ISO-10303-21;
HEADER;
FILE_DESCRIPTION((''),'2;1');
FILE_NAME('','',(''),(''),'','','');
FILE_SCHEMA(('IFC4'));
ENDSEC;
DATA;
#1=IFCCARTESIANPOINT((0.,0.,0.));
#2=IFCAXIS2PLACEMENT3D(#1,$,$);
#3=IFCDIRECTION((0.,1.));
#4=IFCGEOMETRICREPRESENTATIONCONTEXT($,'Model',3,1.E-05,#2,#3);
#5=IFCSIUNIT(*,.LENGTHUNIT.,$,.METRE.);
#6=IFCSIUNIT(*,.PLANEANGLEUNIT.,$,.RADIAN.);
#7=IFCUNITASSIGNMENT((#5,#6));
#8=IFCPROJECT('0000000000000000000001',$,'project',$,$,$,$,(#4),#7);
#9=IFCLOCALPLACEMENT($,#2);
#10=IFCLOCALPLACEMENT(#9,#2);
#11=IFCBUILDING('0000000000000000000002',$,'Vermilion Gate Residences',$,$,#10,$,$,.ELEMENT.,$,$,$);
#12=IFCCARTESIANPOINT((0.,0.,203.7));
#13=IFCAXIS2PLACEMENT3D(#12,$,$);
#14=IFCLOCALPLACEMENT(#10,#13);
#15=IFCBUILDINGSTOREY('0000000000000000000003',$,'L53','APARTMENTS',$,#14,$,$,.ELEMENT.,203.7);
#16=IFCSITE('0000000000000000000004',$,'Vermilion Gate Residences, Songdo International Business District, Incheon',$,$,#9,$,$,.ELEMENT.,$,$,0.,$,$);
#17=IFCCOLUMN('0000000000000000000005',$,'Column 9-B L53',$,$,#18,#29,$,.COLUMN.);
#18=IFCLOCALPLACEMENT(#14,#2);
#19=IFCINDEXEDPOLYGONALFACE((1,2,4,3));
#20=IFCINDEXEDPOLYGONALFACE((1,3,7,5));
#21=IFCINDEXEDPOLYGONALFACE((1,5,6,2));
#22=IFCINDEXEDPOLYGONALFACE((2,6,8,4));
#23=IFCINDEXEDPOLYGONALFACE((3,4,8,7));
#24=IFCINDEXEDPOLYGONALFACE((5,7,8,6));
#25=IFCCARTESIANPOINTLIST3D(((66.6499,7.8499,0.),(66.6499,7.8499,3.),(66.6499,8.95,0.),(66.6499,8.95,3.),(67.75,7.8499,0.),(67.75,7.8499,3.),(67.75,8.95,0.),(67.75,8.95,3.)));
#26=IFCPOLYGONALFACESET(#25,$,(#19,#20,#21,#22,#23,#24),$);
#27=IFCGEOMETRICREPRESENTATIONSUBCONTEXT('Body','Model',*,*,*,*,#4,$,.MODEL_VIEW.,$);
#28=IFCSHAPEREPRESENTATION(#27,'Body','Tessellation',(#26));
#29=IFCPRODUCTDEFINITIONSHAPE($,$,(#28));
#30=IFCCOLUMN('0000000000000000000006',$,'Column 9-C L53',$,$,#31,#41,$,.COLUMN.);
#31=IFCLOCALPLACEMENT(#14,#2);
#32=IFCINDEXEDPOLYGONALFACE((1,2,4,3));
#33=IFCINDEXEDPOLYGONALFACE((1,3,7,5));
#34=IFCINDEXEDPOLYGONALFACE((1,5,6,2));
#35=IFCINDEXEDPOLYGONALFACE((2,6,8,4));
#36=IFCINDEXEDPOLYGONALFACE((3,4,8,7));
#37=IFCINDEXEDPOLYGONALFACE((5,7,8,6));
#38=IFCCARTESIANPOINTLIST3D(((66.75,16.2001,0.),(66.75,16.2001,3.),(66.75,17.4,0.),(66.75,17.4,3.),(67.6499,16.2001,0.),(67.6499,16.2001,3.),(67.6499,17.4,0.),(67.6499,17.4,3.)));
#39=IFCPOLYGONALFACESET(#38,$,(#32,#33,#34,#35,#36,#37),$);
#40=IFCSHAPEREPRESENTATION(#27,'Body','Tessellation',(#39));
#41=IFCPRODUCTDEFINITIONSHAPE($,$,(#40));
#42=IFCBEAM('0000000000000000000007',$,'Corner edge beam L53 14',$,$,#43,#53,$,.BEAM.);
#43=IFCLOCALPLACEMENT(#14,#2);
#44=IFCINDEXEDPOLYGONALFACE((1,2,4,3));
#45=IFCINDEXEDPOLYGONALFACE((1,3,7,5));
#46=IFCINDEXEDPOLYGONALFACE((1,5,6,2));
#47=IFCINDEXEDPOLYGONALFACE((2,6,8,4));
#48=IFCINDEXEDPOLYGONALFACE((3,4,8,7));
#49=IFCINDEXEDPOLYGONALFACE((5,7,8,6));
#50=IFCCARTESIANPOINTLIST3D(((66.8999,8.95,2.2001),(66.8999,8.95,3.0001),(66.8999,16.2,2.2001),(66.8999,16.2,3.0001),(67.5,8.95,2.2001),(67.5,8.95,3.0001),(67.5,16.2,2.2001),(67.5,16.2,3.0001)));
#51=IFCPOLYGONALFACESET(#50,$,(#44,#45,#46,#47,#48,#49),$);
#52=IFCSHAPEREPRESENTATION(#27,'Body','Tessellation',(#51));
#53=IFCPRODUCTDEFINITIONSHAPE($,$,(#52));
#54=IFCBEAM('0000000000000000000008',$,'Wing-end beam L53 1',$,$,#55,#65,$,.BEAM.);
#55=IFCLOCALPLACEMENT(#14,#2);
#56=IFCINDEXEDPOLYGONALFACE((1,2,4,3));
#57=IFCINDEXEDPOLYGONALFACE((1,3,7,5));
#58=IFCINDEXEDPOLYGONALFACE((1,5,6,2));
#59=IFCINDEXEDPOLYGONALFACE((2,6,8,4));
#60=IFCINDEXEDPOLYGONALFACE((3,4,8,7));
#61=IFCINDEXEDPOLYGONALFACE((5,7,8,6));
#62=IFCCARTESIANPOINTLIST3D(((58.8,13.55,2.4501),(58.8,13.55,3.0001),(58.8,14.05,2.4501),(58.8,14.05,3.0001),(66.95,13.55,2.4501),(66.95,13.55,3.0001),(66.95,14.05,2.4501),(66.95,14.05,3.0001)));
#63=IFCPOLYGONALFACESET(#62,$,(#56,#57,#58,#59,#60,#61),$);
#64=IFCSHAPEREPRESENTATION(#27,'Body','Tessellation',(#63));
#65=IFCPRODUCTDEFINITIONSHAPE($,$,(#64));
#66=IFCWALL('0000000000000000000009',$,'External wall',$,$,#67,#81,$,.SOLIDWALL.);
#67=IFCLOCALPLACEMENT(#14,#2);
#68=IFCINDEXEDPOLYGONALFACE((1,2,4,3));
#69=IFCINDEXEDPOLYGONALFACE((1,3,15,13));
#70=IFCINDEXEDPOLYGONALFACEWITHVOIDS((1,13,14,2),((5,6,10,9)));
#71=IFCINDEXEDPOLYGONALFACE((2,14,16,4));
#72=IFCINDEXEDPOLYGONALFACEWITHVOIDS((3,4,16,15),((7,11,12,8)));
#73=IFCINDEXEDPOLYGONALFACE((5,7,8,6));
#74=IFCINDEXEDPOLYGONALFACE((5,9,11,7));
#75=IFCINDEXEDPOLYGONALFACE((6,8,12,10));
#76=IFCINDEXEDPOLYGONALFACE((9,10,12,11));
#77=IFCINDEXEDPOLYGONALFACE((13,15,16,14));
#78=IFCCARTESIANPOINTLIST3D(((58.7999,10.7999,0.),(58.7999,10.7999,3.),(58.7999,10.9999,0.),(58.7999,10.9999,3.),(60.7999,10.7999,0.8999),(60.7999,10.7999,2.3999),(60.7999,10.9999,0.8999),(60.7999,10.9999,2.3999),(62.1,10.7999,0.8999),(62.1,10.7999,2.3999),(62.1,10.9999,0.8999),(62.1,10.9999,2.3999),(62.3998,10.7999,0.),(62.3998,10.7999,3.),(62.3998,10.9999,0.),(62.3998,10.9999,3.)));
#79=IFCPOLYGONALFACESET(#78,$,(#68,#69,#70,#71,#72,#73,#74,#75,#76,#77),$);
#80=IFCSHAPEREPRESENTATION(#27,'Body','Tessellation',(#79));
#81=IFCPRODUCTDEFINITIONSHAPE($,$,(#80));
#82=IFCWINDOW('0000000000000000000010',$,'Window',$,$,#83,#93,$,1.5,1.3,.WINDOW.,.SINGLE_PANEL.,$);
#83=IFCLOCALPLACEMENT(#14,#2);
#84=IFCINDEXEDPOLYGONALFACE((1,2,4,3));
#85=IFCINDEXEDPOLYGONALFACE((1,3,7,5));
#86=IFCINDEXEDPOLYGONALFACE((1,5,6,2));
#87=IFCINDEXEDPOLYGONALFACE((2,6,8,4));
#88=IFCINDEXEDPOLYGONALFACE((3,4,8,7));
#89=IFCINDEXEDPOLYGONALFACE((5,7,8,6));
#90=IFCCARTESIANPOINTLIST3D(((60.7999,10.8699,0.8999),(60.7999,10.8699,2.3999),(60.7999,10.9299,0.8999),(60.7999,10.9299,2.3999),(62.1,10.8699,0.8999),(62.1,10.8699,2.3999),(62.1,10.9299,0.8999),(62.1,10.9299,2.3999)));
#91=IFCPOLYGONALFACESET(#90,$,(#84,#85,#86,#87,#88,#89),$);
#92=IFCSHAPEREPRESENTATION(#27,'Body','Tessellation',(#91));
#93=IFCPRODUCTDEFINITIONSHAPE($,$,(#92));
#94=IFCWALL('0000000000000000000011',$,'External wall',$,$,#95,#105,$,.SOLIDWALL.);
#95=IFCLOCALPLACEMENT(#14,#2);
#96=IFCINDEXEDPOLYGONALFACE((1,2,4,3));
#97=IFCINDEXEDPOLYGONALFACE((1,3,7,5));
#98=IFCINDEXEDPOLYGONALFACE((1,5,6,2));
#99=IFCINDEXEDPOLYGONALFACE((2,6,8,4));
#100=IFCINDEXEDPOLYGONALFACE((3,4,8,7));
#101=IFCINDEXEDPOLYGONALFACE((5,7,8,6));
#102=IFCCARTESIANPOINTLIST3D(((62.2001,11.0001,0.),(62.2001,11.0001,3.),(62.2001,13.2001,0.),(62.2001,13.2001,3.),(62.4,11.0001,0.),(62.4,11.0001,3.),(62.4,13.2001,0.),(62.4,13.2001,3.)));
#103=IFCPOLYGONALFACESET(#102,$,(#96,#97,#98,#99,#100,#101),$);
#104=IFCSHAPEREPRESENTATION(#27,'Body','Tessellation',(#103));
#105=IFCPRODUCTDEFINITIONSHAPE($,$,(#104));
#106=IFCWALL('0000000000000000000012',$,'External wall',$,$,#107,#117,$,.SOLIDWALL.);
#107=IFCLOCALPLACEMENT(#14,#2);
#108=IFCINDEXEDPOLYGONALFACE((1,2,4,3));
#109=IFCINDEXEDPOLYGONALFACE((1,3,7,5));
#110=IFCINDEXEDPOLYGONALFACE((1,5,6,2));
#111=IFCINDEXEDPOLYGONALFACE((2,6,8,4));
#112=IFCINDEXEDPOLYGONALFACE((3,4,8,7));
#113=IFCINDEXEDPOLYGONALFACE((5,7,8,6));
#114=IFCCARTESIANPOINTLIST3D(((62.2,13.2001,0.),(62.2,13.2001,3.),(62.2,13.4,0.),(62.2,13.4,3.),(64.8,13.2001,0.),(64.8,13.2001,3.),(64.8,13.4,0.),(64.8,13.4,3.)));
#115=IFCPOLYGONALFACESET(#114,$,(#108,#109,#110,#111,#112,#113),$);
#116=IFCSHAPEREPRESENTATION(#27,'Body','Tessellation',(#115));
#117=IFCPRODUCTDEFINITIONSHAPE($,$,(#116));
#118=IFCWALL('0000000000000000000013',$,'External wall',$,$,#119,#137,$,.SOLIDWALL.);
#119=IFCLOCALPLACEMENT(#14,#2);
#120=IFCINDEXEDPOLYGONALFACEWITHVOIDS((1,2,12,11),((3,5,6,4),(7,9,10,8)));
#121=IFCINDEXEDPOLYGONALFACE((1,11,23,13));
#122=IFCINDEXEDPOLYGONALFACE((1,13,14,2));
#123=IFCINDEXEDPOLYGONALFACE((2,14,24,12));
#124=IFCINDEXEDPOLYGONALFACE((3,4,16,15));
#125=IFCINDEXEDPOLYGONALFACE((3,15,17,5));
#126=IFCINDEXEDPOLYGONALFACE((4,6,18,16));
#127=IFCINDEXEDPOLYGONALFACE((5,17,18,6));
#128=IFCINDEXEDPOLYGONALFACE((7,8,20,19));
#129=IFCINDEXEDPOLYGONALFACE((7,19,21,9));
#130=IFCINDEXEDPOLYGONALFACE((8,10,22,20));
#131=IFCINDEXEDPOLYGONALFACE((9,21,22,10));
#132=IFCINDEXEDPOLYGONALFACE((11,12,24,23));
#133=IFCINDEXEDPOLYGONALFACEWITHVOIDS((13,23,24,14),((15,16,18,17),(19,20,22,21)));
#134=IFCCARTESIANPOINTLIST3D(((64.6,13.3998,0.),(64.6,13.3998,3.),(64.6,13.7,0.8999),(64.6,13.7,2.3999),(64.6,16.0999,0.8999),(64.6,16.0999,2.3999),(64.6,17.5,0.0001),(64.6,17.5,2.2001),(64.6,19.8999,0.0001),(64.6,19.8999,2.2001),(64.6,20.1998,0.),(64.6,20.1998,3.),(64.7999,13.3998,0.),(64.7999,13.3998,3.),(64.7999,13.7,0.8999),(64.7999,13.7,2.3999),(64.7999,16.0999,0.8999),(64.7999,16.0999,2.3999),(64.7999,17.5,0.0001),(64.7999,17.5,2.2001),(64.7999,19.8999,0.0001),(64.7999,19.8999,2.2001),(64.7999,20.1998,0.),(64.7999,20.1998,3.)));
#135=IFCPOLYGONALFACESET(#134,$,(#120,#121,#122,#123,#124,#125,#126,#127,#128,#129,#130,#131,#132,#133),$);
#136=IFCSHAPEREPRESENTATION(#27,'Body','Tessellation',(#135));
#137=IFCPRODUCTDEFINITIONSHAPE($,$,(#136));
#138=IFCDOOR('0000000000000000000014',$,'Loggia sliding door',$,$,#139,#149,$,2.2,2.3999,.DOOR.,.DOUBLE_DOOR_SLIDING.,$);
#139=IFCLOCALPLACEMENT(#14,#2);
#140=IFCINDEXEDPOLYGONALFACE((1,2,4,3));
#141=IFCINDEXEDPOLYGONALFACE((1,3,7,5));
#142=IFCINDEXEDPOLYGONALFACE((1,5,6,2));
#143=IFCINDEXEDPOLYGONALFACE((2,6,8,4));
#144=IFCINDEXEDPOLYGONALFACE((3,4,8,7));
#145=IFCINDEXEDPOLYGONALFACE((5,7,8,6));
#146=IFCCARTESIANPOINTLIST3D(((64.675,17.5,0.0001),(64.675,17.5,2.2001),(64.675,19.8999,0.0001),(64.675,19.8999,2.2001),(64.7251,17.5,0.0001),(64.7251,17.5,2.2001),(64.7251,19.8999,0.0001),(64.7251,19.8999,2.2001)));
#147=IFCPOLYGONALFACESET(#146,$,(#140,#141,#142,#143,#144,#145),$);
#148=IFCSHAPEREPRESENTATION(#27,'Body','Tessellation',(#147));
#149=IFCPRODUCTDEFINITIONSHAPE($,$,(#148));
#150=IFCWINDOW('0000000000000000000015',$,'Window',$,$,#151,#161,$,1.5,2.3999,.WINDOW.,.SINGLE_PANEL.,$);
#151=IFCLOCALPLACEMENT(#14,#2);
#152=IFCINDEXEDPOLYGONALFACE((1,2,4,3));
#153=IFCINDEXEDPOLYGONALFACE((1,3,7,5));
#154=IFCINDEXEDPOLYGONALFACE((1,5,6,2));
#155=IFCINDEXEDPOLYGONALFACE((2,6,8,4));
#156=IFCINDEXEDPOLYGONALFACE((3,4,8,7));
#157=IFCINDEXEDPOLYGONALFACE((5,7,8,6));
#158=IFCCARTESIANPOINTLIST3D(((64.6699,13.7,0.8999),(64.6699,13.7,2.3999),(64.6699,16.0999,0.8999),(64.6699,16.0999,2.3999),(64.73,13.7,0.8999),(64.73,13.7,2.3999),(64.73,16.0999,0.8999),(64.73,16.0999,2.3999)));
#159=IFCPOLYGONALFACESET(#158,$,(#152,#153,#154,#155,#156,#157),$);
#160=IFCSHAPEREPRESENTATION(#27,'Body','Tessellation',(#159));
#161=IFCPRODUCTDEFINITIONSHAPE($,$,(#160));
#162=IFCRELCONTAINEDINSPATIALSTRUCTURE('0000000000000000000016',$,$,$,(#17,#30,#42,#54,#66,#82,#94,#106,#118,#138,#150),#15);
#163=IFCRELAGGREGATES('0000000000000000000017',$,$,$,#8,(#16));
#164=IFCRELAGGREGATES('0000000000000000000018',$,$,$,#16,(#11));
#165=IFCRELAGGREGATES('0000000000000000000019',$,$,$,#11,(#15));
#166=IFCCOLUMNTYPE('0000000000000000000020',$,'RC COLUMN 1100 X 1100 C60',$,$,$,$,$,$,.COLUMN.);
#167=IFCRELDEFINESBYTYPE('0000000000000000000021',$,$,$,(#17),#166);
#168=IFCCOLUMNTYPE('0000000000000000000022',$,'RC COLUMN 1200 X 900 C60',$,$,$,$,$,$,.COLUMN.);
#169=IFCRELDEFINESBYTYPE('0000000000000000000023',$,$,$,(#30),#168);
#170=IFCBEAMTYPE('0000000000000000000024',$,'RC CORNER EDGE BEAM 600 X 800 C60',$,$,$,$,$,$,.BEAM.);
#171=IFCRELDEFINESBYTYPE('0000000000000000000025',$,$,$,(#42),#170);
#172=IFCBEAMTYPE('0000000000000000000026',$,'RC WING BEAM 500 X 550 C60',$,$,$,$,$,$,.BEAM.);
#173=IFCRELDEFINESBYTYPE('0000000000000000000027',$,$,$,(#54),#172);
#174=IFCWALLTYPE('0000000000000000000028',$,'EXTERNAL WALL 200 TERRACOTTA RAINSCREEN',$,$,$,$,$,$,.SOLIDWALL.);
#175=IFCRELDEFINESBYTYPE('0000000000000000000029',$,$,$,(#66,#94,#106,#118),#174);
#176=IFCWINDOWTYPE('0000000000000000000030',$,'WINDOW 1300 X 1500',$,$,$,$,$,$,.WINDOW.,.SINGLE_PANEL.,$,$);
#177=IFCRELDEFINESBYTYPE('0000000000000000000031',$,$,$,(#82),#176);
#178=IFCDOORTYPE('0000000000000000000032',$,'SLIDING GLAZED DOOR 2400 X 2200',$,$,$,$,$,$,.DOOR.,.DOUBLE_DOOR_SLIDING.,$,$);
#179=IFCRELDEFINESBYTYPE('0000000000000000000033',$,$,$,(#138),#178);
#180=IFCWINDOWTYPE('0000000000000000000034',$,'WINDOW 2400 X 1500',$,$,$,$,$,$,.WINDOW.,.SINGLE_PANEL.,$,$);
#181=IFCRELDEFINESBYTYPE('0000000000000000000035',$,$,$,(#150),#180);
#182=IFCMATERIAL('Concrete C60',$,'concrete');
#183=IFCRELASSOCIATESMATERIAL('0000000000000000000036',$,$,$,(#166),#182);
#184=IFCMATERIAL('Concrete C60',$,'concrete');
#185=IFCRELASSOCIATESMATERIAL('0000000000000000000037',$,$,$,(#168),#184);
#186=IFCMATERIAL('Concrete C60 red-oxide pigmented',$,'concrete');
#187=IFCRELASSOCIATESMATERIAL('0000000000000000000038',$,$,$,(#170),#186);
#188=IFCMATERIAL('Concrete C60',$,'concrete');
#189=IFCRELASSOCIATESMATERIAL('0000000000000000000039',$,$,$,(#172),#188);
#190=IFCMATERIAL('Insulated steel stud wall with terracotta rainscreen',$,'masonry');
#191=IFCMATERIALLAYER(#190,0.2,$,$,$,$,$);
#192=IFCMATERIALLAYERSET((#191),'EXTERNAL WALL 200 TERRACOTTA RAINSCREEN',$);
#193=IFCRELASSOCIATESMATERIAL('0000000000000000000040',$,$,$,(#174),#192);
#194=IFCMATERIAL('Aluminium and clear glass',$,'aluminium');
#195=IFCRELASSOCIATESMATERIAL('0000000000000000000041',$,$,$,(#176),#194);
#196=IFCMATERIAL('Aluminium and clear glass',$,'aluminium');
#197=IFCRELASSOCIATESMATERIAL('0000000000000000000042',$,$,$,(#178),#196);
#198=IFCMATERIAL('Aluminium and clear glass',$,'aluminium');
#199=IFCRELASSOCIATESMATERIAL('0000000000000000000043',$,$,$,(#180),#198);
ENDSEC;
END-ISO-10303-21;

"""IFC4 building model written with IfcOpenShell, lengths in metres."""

from ifc_helpers import new_model, si_unit, direction, frame, frame_2d, origin, origin_2d, place, context, subcontext, project, spatial, rectangle, extrude, material, layer, layer_set, material_profile, profile_set, type_object, element, fill, save


model = new_model("IFC4")

# Units and contexts
model_context = context("Model", 3, precision=1e-05, world=origin(), true_north=direction((0.0, 1.0)))
body_context = subcontext(model_context, "Body", "Model", "MODEL_VIEW")
ifc_project = project(units=[si_unit("LENGTHUNIT", "METRE"), si_unit("PLANEANGLEUNIT", "RADIAN")], contexts=[model_context])

# Site, building, storey
site_placement = place(None, origin())
site = spatial("IfcSite", under=ifc_project, at=site_placement, Name="Vermilion Gate Residences, Songdo International Business District, Incheon", CompositionType="ELEMENT", RefElevation=0.0)
building_placement = place(site_placement, origin())
building = spatial("IfcBuilding", under=site, at=building_placement, Name="Vermilion Gate Residences", CompositionType="ELEMENT")
storey_placement = place(building_placement, frame((0.0, 0.0, 203.7)))
storey = spatial("IfcBuildingStorey", under=building, at=storey_placement, Name="L53", Description="APARTMENTS", CompositionType="ELEMENT", Elevation=203.7)

# Columns
ifc_material_1 = material(Name="Concrete C60", Category="concrete")
ifc_material_profile_1 = material_profile(ifc_material_1, rectangle(XDim=1.1001, YDim=1.1001, at=origin_2d()), Name="RC-1100x1100")
ifc_profile_set_1 = profile_set([ifc_material_profile_1], Name="Concrete C60")
column_type_1 = type_object("IfcColumnType", Name="RC COLUMN 1100 X 1100 C60", PredefinedType="COLUMN", material=ifc_profile_set_1)
column_1_placement = place(storey_placement, frame((67.2, 8.3999, 0.0), z_axis=(0.0, 0.0, 1.0), x_axis=(1.0, 0.0, 0.0)))
element("IfcColumn", 1, at=column_1_placement, inside=storey, type_object=column_type_1, Name="Column 9-B L53", PredefinedType="COLUMN", context=body_context, shape_type="SweptSolid", body=[
    extrude(rectangle(XDim=1.1001, YDim=1.1001, at=origin_2d()), origin(), (0.0, 0.0, 1.0), 3.0),
])
ifc_material_2 = material(Name="Concrete C60", Category="concrete")
ifc_material_profile_2 = material_profile(ifc_material_2, rectangle(XDim=1.2, YDim=0.8999, at=origin_2d()), Name="RC-1200x900")
ifc_profile_set_2 = profile_set([ifc_material_profile_2], Name="Concrete C60")
column_type_2 = type_object("IfcColumnType", Name="RC COLUMN 1200 X 900 C60", PredefinedType="COLUMN", material=ifc_profile_set_2)
column_2_placement = place(storey_placement, frame((67.2, 16.8, 0.0), z_axis=(0.0, 0.0, 1.0), x_axis=(0.0, 1.0, 0.0)))
element("IfcColumn", 2, at=column_2_placement, inside=storey, type_object=column_type_2, Name="Column 9-C L53", PredefinedType="COLUMN", context=body_context, shape_type="SweptSolid", body=[
    extrude(rectangle(XDim=1.2, YDim=0.8999, at=origin_2d()), origin(), (0.0, 0.0, 1.0), 3.0),
])

# Beams
ifc_material_3 = material(Name="Concrete C60 red-oxide pigmented", Category="concrete")
ifc_material_profile_3 = material_profile(ifc_material_3, rectangle(XDim=0.6001, YDim=0.8, at=origin_2d()), Name="RC-600x800")
ifc_profile_set_3 = profile_set([ifc_material_profile_3], Name="Concrete C60 red-oxide pigmented")
beam_type_1 = type_object("IfcBeamType", Name="RC CORNER EDGE BEAM 600 X 800 C60", PredefinedType="BEAM", material=ifc_profile_set_3)
beam_1_placement = place(storey_placement, frame((67.2, 8.95, 2.6001), z_axis=(0.0, 1.0, 0.0), x_axis=(-1.0, 0.0, 0.0)))
element("IfcBeam", 3, at=beam_1_placement, inside=storey, type_object=beam_type_1, Name="Corner edge beam L53 14", PredefinedType="BEAM", context=body_context, shape_type="SweptSolid", body=[
    extrude(rectangle(XDim=0.6001, YDim=0.8, at=origin_2d()), origin(), (0.0, 0.0, 1.0), 7.25),
])
ifc_material_4 = material(Name="Concrete C60", Category="concrete")
ifc_material_profile_4 = material_profile(ifc_material_4, rectangle(XDim=0.5, YDim=0.55, at=origin_2d()), Name="RC-500x550")
ifc_profile_set_4 = profile_set([ifc_material_profile_4], Name="Concrete C60")
beam_type_2 = type_object("IfcBeamType", Name="RC WING BEAM 500 X 550 C60", PredefinedType="BEAM", material=ifc_profile_set_4)
beam_2_placement = place(storey_placement, frame((58.8, 13.8, 2.7251), z_axis=(1.0, 0.0, 0.0), x_axis=(0.0, 1.0, 0.0)))
element("IfcBeam", 4, at=beam_2_placement, inside=storey, type_object=beam_type_2, Name="Wing-end beam L53 1", PredefinedType="BEAM", context=body_context, shape_type="SweptSolid", body=[
    extrude(rectangle(XDim=0.5, YDim=0.55, at=origin_2d()), origin(), (0.0, 0.0, 1.0), 8.1499),
])

# Wall, opening, window
ifc_material_5 = material(Name="Insulated steel stud wall with terracotta rainscreen", Category="masonry")
ifc_layer_1 = layer(ifc_material_5, 0.2)
ifc_layer_set_1 = layer_set([ifc_layer_1], Name="EXTERNAL WALL 200 TERRACOTTA RAINSCREEN")
wall_type_1 = type_object("IfcWallType", Name="EXTERNAL WALL 200 TERRACOTTA RAINSCREEN", PredefinedType="SOLIDWALL", material=ifc_layer_set_1)
wall_1_placement = place(storey_placement, frame((58.8, 10.8999, 0.0), z_axis=(0.0, 0.0, 1.0), x_axis=(1.0, 0.0, 0.0)))
wall_1 = element("IfcWall", 5, at=wall_1_placement, inside=storey, type_object=wall_type_1, Name="External wall", PredefinedType="SOLIDWALL", context=body_context, shape_type="SweptSolid", body=[
    extrude(rectangle(XDim=3.5999, YDim=0.2, at=frame_2d((1.7998, 0.0))), origin(), (0.0, 0.0, 1.0), 3.0),
])
opening_1_placement = place(wall_1_placement, frame((2.0, 0.0, 0.8999)))
opening_1 = element("IfcOpeningElement", 6, at=opening_1_placement, cuts=wall_1, PredefinedType="OPENING", context=body_context, shape_type="SweptSolid", body=[
    extrude(rectangle(XDim=1.3, YDim=1.5, at=frame_2d((0.6499, 0.75))), frame((0.0, 0.1099, 0.0), z_axis=(0.0, -1.0, 0.0), x_axis=(1.0, 0.0, 0.0)), (0.0, 0.0, 1.0), 0.22),
])
ifc_material_6 = material(Name="Aluminium and clear glass", Category="aluminium")
window_type_1 = type_object("IfcWindowType", Name="WINDOW 1300 X 1500", PartitioningType="SINGLE_PANEL", PredefinedType="WINDOW", material=ifc_material_6)
window_1_placement = place(opening_1_placement, origin())
window_1 = element("IfcWindow", 7, at=window_1_placement, inside=storey, type_object=window_type_1, Name="Window", OverallHeight=1.5, OverallWidth=1.3, PartitioningType="SINGLE_PANEL", PredefinedType="WINDOW", context=body_context, shape_type="SweptSolid", body=[
    extrude(rectangle(XDim=1.3, YDim=1.5, at=frame_2d((0.6499, 0.75))), frame((0.0, 0.03, 0.0), z_axis=(0.0, -1.0, 0.0), x_axis=(1.0, 0.0, 0.0)), (0.0, 0.0, 1.0), 0.0601),
])
fill(opening_1, window_1)

# Walls
wall_2_placement = place(storey_placement, frame((62.3, 11.0, 0.0), z_axis=(0.0, 0.0, 1.0), x_axis=(0.0, 1.0, 0.0)))
element("IfcWall", 8, at=wall_2_placement, inside=storey, type_object=wall_type_1, Name="External wall", PredefinedType="SOLIDWALL", context=body_context, shape_type="SweptSolid", body=[
    extrude(rectangle(XDim=2.2, YDim=0.2, at=frame_2d((1.1001, 0.0))), origin(), (0.0, 0.0, 1.0), 3.0),
])
wall_3_placement = place(storey_placement, frame((62.2, 13.3, 0.0), z_axis=(0.0, 0.0, 1.0), x_axis=(1.0, 0.0, 0.0)))
element("IfcWall", 9, at=wall_3_placement, inside=storey, type_object=wall_type_1, Name="External wall", PredefinedType="SOLIDWALL", context=body_context, shape_type="SweptSolid", body=[
    extrude(rectangle(XDim=2.6001, YDim=0.2, at=frame_2d((1.3, 0.0))), origin(), (0.0, 0.0, 1.0), 3.0),
])

# Wall, openings, door, window
wall_4_placement = place(storey_placement, frame((64.7, 13.3999, 0.0), z_axis=(0.0, 0.0, 1.0), x_axis=(0.0, 1.0, 0.0)))
wall_4 = element("IfcWall", 10, at=wall_4_placement, inside=storey, type_object=wall_type_1, Name="External wall", PredefinedType="SOLIDWALL", context=body_context, shape_type="SweptSolid", body=[
    extrude(rectangle(XDim=6.8, YDim=0.2, at=frame_2d((3.3999, 0.0))), origin(), (0.0, 0.0, 1.0), 3.0),
])
opening_2_placement = place(wall_4_placement, frame((0.3, 0.0, 0.8999)))
opening_2 = element("IfcOpeningElement", 11, at=opening_2_placement, cuts=wall_4, PredefinedType="OPENING", context=body_context, shape_type="SweptSolid", body=[
    extrude(rectangle(XDim=2.3999, YDim=1.5, at=frame_2d((1.2, 0.75))), frame((0.0, 0.1099, 0.0), z_axis=(0.0, -1.0, 0.0), x_axis=(1.0, 0.0, 0.0)), (0.0, 0.0, 1.0), 0.22),
])
opening_3_placement = place(wall_4_placement, frame((4.1001, 0.0, 0.0)))
opening_3 = element("IfcOpeningElement", 12, at=opening_3_placement, cuts=wall_4, PredefinedType="OPENING", context=body_context, shape_type="SweptSolid", body=[
    extrude(rectangle(XDim=2.3999, YDim=2.2, at=frame_2d((1.2, 1.1001))), frame((0.0, 0.1099, 0.0), z_axis=(0.0, -1.0, 0.0), x_axis=(1.0, 0.0, 0.0)), (0.0, 0.0, 1.0), 0.22),
])
ifc_material_7 = material(Name="Aluminium and clear glass", Category="aluminium")
door_type_1 = type_object("IfcDoorType", Name="SLIDING GLAZED DOOR 2400 X 2200", OperationType="DOUBLE_DOOR_SLIDING", PredefinedType="DOOR", material=ifc_material_7)
door_1_placement = place(opening_3_placement, origin())
door_1 = element("IfcDoor", 13, at=door_1_placement, inside=storey, type_object=door_type_1, Name="Loggia sliding door", OperationType="DOUBLE_DOOR_SLIDING", OverallHeight=2.2, OverallWidth=2.3999, PredefinedType="DOOR", context=body_context, shape_type="SweptSolid", body=[
    extrude(rectangle(XDim=2.3999, YDim=2.2, at=frame_2d((1.2, 1.1001))), frame((0.0, 0.0249, 0.0), z_axis=(0.0, -1.0, 0.0), x_axis=(1.0, 0.0, 0.0)), (0.0, 0.0, 1.0), 0.05),
])
fill(opening_3, door_1)
ifc_material_8 = material(Name="Aluminium and clear glass", Category="aluminium")
window_type_2 = type_object("IfcWindowType", Name="WINDOW 2400 X 1500", PartitioningType="SINGLE_PANEL", PredefinedType="WINDOW", material=ifc_material_8)
window_2_placement = place(opening_2_placement, origin())
window_2 = element("IfcWindow", 14, at=window_2_placement, inside=storey, type_object=window_type_2, Name="Window", OverallHeight=1.5, OverallWidth=2.3999, PartitioningType="SINGLE_PANEL", PredefinedType="WINDOW", context=body_context, shape_type="SweptSolid", body=[
    extrude(rectangle(XDim=2.3999, YDim=1.5, at=frame_2d((1.2, 0.75))), frame((0.0, 0.03, 0.0), z_axis=(0.0, -1.0, 0.0), x_axis=(1.0, 0.0, 0.0)), (0.0, 0.0, 1.0), 0.0601),
])
fill(opening_2, window_2)

save(model, "model.ifc")
